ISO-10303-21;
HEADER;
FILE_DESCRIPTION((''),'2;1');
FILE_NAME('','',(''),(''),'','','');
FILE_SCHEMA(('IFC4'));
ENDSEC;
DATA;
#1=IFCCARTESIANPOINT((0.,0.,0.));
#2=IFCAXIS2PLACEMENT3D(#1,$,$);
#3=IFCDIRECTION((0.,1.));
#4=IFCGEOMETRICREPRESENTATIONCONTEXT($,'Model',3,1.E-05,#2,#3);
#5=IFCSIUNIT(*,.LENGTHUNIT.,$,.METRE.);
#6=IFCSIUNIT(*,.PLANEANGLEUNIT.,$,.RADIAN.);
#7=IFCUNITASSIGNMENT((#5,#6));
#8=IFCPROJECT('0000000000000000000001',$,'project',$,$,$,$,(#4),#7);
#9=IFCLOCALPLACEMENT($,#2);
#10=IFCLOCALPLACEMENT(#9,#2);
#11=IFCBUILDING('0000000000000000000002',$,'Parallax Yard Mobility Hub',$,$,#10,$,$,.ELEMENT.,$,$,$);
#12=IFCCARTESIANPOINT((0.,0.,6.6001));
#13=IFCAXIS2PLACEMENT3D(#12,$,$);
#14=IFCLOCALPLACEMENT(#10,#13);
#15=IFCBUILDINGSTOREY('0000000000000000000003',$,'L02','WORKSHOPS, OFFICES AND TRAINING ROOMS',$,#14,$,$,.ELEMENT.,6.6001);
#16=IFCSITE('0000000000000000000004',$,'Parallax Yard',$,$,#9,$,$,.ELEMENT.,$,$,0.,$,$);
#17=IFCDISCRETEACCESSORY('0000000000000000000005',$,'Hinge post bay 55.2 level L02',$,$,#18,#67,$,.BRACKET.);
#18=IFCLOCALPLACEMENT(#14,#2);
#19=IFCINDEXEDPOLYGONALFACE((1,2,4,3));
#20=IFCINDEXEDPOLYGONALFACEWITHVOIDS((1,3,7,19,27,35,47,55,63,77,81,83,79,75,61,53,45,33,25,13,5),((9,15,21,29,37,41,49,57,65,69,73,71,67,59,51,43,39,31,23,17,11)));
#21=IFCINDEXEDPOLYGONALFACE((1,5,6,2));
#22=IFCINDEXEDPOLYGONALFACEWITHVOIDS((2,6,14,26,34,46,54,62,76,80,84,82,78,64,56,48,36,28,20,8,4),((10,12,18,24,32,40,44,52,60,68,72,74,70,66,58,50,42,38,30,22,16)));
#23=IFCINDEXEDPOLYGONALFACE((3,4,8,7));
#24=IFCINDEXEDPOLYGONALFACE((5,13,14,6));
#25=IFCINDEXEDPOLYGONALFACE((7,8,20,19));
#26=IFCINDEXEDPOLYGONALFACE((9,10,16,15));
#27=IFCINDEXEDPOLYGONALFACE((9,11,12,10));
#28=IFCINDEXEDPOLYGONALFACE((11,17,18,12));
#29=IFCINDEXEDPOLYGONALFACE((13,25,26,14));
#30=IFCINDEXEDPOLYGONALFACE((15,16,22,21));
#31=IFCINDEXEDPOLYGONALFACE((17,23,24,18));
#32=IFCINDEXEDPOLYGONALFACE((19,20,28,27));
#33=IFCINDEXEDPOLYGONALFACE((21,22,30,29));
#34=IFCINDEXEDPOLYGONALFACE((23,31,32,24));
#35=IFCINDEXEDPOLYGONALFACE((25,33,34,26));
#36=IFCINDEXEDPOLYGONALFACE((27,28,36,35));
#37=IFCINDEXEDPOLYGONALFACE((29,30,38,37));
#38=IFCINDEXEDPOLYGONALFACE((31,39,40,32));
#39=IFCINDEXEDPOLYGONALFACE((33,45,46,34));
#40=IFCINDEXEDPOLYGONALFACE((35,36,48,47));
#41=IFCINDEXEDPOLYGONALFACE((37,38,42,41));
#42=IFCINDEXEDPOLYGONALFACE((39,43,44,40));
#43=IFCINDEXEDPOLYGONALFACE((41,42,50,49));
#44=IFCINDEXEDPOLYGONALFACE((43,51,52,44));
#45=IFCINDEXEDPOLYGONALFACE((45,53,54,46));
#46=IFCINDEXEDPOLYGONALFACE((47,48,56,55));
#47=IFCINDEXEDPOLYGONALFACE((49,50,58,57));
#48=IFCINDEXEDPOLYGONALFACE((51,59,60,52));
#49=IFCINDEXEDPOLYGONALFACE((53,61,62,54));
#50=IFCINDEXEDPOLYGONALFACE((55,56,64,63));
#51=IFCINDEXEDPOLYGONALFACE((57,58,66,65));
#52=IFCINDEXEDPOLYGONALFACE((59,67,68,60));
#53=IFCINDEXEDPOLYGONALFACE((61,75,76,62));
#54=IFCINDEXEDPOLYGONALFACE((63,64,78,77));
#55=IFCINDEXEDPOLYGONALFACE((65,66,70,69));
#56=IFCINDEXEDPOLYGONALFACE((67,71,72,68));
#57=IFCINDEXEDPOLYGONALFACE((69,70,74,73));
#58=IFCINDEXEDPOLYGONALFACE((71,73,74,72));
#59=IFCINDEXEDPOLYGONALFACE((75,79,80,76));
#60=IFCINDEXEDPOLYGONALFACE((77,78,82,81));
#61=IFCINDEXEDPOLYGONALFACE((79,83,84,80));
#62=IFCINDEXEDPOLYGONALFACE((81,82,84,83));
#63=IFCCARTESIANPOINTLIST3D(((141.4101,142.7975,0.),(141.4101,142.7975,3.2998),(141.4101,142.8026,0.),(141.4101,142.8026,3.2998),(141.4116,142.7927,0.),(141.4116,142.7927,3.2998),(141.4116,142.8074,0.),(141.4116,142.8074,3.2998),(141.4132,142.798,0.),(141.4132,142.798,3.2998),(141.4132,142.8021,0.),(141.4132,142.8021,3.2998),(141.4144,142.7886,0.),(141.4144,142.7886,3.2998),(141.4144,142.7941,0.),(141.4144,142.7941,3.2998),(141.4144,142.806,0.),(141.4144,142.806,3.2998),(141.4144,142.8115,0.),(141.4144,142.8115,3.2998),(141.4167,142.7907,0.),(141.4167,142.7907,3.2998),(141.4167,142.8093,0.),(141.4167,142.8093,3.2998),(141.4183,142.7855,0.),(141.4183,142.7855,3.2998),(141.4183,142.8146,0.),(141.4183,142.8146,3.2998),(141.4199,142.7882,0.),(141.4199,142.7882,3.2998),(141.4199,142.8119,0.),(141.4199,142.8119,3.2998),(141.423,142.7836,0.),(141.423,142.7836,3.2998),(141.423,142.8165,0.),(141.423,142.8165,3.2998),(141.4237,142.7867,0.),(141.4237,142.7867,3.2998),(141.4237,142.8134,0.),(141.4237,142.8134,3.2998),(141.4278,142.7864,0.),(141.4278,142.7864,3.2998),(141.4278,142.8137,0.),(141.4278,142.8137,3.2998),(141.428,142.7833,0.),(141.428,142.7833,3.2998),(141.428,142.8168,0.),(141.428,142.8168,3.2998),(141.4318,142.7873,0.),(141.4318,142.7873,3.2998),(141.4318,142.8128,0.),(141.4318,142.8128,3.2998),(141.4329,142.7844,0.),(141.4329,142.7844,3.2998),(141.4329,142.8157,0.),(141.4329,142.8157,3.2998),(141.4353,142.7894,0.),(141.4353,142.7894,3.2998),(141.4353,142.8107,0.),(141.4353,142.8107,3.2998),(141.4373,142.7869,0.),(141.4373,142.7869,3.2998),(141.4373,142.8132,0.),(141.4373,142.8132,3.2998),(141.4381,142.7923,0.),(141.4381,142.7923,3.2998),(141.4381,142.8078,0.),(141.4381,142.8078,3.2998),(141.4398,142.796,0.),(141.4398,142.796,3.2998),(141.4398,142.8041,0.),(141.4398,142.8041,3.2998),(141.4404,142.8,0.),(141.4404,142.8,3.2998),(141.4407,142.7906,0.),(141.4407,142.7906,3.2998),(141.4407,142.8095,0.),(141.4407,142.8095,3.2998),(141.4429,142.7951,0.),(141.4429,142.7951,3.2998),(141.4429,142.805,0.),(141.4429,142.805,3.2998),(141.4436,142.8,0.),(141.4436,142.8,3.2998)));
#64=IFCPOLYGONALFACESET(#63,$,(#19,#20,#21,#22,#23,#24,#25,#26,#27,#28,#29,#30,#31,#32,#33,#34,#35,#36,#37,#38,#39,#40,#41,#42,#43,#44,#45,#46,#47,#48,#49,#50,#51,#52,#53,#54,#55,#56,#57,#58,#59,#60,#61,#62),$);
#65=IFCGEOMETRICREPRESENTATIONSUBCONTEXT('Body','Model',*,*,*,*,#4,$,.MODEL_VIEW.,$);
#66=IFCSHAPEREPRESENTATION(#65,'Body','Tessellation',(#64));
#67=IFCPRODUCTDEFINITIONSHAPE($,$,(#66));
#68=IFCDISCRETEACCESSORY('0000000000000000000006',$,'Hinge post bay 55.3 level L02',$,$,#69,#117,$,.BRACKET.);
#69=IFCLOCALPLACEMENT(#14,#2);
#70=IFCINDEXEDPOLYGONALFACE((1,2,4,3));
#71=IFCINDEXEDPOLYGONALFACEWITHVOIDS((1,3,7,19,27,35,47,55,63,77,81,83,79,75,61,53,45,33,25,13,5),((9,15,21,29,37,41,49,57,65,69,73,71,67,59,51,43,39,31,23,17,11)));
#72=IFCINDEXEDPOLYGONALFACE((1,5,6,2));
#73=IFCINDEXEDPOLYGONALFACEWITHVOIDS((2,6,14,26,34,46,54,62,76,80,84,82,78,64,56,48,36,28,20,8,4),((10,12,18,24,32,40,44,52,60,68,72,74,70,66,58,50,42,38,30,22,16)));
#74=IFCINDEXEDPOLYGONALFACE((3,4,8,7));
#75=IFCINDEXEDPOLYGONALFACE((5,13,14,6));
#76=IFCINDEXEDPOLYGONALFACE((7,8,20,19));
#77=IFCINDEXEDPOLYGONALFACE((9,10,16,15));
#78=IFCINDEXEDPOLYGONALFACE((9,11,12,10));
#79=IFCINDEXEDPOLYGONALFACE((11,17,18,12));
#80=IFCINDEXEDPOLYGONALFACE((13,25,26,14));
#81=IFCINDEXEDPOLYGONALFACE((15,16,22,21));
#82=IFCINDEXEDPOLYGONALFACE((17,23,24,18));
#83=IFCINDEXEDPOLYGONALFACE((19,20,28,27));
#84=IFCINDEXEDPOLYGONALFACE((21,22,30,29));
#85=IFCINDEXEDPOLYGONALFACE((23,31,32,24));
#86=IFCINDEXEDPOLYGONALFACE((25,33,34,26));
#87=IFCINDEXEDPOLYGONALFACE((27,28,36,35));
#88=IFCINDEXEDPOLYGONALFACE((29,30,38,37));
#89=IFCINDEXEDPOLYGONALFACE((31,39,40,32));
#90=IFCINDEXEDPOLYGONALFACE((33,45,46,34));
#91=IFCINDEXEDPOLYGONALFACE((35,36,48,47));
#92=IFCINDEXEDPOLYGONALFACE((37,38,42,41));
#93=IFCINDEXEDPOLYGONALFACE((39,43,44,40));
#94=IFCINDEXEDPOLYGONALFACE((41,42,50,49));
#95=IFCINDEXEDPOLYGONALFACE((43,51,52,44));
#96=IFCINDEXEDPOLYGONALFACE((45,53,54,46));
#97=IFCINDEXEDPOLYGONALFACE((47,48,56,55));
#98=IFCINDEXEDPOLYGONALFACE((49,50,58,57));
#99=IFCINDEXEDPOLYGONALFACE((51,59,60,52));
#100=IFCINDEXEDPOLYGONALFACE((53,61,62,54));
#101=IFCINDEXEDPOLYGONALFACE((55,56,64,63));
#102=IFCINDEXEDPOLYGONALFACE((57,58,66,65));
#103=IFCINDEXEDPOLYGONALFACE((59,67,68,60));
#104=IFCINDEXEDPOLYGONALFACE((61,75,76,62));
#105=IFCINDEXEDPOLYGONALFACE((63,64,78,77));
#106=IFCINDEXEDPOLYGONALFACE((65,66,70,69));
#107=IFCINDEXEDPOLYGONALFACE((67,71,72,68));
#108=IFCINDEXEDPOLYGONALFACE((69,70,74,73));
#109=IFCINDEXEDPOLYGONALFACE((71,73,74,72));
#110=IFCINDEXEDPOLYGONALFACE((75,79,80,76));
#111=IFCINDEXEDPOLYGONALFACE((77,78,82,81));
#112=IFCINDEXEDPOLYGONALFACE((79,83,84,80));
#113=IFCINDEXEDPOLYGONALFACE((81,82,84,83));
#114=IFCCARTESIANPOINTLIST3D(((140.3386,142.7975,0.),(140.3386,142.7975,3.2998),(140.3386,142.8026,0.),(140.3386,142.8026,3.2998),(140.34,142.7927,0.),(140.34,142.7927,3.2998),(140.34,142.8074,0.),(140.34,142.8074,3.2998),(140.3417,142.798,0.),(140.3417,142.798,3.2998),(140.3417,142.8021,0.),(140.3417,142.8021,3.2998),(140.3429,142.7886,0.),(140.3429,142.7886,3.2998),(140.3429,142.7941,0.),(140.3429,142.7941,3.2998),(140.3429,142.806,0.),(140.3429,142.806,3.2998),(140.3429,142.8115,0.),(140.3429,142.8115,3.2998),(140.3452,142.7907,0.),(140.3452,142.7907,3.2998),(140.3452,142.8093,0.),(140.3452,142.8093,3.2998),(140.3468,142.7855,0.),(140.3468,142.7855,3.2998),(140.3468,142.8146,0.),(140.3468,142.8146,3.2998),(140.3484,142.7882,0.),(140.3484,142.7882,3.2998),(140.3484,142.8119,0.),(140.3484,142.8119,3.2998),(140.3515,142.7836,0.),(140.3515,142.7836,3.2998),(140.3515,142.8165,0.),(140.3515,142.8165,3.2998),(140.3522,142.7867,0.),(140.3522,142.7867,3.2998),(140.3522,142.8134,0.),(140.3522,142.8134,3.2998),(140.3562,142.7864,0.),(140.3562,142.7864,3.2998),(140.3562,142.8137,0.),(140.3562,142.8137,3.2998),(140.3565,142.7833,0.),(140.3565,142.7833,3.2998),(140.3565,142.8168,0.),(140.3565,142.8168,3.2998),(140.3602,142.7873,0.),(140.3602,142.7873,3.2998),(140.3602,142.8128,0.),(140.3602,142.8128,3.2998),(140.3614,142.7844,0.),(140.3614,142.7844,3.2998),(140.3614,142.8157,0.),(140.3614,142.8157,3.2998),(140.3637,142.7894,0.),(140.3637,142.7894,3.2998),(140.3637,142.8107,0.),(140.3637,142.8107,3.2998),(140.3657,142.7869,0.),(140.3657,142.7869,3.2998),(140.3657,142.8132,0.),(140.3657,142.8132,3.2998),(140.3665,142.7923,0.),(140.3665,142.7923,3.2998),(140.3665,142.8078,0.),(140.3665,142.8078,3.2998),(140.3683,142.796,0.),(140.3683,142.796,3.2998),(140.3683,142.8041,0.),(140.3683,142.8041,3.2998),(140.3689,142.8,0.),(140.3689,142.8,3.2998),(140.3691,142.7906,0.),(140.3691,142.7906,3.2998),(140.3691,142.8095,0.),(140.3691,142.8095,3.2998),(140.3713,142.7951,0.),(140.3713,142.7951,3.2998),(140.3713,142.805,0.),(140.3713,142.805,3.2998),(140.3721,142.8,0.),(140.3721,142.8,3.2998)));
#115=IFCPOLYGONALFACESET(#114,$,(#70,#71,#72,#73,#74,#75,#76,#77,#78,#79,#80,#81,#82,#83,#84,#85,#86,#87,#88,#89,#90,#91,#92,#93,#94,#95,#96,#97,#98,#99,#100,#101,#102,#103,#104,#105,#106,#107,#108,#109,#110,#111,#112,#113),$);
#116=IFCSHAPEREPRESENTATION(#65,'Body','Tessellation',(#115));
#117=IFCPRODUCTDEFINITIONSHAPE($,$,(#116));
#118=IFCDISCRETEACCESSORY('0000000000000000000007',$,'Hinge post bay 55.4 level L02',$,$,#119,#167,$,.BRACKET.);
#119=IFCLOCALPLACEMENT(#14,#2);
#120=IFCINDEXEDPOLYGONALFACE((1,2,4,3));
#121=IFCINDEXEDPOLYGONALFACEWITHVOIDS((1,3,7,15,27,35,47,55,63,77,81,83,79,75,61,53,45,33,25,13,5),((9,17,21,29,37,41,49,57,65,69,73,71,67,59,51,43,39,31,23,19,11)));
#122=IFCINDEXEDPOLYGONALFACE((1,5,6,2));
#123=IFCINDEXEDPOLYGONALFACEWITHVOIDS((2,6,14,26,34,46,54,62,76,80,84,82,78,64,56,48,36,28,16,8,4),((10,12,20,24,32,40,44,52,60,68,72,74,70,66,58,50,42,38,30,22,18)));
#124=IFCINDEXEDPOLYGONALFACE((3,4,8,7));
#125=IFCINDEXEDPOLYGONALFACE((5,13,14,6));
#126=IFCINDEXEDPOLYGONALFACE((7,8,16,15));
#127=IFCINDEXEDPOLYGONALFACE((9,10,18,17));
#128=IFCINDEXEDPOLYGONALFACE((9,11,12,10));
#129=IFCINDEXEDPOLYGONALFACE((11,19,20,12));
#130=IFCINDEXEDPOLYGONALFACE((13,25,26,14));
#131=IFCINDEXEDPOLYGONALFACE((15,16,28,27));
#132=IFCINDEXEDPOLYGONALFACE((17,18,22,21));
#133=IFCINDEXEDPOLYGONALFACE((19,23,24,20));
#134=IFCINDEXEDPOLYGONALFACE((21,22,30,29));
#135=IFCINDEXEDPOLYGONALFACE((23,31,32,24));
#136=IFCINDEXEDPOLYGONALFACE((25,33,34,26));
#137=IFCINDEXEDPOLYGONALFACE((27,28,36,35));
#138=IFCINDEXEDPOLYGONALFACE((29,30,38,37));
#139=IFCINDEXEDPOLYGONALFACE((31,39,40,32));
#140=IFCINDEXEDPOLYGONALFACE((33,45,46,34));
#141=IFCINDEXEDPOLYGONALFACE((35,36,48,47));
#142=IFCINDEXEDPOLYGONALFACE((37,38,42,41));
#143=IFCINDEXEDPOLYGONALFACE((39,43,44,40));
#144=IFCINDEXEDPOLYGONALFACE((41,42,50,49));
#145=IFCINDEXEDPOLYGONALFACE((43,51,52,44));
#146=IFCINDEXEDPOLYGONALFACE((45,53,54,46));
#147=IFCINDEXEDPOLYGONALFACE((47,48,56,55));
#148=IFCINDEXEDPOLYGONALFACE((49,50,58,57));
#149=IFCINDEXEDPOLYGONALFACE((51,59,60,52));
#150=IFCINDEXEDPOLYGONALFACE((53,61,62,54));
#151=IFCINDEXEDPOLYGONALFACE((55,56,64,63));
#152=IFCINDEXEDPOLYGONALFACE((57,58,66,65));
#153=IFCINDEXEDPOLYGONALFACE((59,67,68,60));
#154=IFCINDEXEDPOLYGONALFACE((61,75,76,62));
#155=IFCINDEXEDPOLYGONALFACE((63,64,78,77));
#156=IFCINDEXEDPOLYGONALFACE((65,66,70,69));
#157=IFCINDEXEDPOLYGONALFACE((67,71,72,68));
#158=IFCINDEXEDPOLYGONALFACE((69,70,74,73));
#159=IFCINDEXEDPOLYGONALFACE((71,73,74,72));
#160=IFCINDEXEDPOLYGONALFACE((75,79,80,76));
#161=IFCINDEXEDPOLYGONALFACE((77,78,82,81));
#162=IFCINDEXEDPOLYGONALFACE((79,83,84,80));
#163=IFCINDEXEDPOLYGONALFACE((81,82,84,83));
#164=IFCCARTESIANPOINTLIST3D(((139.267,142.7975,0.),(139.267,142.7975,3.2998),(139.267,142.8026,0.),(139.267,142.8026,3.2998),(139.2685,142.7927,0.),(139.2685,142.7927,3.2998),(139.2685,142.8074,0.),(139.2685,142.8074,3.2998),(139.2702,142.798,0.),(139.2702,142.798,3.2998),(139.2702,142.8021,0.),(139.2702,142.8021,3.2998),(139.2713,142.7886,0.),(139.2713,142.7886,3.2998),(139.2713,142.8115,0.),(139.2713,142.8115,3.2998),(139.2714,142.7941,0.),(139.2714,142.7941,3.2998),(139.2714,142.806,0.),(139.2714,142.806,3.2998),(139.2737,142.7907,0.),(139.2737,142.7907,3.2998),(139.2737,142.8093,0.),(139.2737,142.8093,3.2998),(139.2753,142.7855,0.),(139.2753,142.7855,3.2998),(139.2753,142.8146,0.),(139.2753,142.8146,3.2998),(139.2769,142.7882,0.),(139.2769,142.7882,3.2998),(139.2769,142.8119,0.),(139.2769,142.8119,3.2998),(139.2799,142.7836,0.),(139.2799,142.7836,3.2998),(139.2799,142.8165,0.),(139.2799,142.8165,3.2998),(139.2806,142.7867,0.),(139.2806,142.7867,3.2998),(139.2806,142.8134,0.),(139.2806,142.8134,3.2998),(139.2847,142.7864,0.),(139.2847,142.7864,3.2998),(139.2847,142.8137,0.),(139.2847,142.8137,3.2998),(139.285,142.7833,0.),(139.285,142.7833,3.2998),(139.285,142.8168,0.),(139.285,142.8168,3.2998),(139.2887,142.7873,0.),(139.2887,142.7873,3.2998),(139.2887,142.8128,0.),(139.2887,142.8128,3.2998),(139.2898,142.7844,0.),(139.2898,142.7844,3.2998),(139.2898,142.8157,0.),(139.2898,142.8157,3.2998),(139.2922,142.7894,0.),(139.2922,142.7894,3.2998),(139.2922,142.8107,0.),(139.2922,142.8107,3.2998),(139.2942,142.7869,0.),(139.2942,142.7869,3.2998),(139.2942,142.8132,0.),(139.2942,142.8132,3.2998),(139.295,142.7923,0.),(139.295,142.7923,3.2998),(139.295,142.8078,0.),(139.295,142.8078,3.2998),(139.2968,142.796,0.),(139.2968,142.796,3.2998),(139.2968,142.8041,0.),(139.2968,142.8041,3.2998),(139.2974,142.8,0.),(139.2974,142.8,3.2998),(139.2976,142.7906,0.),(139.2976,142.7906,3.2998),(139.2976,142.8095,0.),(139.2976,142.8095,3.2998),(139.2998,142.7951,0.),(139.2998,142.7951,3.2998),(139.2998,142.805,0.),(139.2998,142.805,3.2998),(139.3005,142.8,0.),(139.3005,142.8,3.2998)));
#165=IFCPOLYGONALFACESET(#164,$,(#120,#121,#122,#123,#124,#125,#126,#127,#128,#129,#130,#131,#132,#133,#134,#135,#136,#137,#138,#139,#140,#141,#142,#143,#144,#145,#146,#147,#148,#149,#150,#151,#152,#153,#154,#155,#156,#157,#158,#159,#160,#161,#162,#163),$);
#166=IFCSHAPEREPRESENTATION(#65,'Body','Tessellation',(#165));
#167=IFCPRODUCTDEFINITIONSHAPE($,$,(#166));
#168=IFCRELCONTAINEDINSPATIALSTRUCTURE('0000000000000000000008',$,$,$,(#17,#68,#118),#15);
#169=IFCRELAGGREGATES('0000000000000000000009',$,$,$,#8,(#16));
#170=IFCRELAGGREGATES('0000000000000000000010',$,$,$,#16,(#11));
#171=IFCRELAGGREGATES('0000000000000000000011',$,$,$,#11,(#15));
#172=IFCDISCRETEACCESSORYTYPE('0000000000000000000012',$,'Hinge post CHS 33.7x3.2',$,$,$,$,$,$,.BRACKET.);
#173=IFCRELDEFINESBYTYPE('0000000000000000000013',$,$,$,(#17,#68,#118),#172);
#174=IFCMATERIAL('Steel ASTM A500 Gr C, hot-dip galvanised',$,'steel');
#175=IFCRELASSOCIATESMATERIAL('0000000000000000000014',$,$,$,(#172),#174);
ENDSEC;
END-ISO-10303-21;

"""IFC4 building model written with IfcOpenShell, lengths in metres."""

from ifc_helpers import new_model, si_unit, direction, frame, origin, origin_2d, place, context, subcontext, project, spatial, hollow_circle, extrude, material, material_profile, profile_set, type_object, element, save


model = new_model("IFC4")

# Units and contexts
model_context = context("Model", 3, precision=1e-05, world=origin(), true_north=direction((0.0, 1.0)))
body_context = subcontext(model_context, "Body", "Model", "MODEL_VIEW")
ifc_project = project(units=[si_unit("LENGTHUNIT", "METRE"), si_unit("PLANEANGLEUNIT", "RADIAN")], contexts=[model_context])

# Site, building, storey
site_placement = place(None, origin())
site = spatial("IfcSite", under=ifc_project, at=site_placement, Name="Parallax Yard", CompositionType="ELEMENT", RefElevation=0.0)
building_placement = place(site_placement, origin())
building = spatial("IfcBuilding", under=site, at=building_placement, Name="Parallax Yard Mobility Hub", CompositionType="ELEMENT")
storey_placement = place(building_placement, frame((0.0, 0.0, 6.6001)))
storey = spatial("IfcBuildingStorey", under=building, at=storey_placement, Name="L02", Description="WORKSHOPS, OFFICES AND TRAINING ROOMS", CompositionType="ELEMENT", Elevation=6.6001)

# Discrete accessories
ifc_material_1 = material(Name="Steel ASTM A500 Gr C, hot-dip galvanised", Category="steel")
ifc_material_profile_1 = material_profile(ifc_material_1, hollow_circle(Radius=0.0168, WallThickness=0.0032, at=origin_2d()), Name="CHS 33.7x3.2")
ifc_profile_set_1 = profile_set([ifc_material_profile_1], Name="Steel ASTM A500 Gr C, hot-dip galvanised")
discrete_accessory_type_1 = type_object("IfcDiscreteAccessoryType", Name="Hinge post CHS 33.7x3.2", PredefinedType="BRACKET", material=ifc_profile_set_1)
for number, where, z_axis, x_axis, name in (
    (1, (141.4268, 142.8, 0.0), (0.0, 0.0, 1.0), (1.0, 0.0, 0.0), "Hinge post bay 55.2 level L02"),
    (2, (140.3552, 142.8, 0.0), (0.0, 0.0, 1.0), (1.0, 0.0, 0.0), "Hinge post bay 55.3 level L02"),
    (3, (139.2837, 142.8, 0.0), (0.0, 0.0, 1.0), (1.0, 0.0, 0.0), "Hinge post bay 55.4 level L02"),
):
    element("IfcDiscreteAccessory", number, at=place(storey_placement, frame(where, z_axis=z_axis, x_axis=x_axis)), inside=storey, type_object=discrete_accessory_type_1, Name=name, PredefinedType="BRACKET", context=body_context, shape_type="SweptSolid", body=[
        extrude(hollow_circle(Radius=0.0168, WallThickness=0.0032, at=origin_2d()), origin(), (0.0, 0.0, 1.0), 3.2998),
    ])

save(model, "model.ifc")
